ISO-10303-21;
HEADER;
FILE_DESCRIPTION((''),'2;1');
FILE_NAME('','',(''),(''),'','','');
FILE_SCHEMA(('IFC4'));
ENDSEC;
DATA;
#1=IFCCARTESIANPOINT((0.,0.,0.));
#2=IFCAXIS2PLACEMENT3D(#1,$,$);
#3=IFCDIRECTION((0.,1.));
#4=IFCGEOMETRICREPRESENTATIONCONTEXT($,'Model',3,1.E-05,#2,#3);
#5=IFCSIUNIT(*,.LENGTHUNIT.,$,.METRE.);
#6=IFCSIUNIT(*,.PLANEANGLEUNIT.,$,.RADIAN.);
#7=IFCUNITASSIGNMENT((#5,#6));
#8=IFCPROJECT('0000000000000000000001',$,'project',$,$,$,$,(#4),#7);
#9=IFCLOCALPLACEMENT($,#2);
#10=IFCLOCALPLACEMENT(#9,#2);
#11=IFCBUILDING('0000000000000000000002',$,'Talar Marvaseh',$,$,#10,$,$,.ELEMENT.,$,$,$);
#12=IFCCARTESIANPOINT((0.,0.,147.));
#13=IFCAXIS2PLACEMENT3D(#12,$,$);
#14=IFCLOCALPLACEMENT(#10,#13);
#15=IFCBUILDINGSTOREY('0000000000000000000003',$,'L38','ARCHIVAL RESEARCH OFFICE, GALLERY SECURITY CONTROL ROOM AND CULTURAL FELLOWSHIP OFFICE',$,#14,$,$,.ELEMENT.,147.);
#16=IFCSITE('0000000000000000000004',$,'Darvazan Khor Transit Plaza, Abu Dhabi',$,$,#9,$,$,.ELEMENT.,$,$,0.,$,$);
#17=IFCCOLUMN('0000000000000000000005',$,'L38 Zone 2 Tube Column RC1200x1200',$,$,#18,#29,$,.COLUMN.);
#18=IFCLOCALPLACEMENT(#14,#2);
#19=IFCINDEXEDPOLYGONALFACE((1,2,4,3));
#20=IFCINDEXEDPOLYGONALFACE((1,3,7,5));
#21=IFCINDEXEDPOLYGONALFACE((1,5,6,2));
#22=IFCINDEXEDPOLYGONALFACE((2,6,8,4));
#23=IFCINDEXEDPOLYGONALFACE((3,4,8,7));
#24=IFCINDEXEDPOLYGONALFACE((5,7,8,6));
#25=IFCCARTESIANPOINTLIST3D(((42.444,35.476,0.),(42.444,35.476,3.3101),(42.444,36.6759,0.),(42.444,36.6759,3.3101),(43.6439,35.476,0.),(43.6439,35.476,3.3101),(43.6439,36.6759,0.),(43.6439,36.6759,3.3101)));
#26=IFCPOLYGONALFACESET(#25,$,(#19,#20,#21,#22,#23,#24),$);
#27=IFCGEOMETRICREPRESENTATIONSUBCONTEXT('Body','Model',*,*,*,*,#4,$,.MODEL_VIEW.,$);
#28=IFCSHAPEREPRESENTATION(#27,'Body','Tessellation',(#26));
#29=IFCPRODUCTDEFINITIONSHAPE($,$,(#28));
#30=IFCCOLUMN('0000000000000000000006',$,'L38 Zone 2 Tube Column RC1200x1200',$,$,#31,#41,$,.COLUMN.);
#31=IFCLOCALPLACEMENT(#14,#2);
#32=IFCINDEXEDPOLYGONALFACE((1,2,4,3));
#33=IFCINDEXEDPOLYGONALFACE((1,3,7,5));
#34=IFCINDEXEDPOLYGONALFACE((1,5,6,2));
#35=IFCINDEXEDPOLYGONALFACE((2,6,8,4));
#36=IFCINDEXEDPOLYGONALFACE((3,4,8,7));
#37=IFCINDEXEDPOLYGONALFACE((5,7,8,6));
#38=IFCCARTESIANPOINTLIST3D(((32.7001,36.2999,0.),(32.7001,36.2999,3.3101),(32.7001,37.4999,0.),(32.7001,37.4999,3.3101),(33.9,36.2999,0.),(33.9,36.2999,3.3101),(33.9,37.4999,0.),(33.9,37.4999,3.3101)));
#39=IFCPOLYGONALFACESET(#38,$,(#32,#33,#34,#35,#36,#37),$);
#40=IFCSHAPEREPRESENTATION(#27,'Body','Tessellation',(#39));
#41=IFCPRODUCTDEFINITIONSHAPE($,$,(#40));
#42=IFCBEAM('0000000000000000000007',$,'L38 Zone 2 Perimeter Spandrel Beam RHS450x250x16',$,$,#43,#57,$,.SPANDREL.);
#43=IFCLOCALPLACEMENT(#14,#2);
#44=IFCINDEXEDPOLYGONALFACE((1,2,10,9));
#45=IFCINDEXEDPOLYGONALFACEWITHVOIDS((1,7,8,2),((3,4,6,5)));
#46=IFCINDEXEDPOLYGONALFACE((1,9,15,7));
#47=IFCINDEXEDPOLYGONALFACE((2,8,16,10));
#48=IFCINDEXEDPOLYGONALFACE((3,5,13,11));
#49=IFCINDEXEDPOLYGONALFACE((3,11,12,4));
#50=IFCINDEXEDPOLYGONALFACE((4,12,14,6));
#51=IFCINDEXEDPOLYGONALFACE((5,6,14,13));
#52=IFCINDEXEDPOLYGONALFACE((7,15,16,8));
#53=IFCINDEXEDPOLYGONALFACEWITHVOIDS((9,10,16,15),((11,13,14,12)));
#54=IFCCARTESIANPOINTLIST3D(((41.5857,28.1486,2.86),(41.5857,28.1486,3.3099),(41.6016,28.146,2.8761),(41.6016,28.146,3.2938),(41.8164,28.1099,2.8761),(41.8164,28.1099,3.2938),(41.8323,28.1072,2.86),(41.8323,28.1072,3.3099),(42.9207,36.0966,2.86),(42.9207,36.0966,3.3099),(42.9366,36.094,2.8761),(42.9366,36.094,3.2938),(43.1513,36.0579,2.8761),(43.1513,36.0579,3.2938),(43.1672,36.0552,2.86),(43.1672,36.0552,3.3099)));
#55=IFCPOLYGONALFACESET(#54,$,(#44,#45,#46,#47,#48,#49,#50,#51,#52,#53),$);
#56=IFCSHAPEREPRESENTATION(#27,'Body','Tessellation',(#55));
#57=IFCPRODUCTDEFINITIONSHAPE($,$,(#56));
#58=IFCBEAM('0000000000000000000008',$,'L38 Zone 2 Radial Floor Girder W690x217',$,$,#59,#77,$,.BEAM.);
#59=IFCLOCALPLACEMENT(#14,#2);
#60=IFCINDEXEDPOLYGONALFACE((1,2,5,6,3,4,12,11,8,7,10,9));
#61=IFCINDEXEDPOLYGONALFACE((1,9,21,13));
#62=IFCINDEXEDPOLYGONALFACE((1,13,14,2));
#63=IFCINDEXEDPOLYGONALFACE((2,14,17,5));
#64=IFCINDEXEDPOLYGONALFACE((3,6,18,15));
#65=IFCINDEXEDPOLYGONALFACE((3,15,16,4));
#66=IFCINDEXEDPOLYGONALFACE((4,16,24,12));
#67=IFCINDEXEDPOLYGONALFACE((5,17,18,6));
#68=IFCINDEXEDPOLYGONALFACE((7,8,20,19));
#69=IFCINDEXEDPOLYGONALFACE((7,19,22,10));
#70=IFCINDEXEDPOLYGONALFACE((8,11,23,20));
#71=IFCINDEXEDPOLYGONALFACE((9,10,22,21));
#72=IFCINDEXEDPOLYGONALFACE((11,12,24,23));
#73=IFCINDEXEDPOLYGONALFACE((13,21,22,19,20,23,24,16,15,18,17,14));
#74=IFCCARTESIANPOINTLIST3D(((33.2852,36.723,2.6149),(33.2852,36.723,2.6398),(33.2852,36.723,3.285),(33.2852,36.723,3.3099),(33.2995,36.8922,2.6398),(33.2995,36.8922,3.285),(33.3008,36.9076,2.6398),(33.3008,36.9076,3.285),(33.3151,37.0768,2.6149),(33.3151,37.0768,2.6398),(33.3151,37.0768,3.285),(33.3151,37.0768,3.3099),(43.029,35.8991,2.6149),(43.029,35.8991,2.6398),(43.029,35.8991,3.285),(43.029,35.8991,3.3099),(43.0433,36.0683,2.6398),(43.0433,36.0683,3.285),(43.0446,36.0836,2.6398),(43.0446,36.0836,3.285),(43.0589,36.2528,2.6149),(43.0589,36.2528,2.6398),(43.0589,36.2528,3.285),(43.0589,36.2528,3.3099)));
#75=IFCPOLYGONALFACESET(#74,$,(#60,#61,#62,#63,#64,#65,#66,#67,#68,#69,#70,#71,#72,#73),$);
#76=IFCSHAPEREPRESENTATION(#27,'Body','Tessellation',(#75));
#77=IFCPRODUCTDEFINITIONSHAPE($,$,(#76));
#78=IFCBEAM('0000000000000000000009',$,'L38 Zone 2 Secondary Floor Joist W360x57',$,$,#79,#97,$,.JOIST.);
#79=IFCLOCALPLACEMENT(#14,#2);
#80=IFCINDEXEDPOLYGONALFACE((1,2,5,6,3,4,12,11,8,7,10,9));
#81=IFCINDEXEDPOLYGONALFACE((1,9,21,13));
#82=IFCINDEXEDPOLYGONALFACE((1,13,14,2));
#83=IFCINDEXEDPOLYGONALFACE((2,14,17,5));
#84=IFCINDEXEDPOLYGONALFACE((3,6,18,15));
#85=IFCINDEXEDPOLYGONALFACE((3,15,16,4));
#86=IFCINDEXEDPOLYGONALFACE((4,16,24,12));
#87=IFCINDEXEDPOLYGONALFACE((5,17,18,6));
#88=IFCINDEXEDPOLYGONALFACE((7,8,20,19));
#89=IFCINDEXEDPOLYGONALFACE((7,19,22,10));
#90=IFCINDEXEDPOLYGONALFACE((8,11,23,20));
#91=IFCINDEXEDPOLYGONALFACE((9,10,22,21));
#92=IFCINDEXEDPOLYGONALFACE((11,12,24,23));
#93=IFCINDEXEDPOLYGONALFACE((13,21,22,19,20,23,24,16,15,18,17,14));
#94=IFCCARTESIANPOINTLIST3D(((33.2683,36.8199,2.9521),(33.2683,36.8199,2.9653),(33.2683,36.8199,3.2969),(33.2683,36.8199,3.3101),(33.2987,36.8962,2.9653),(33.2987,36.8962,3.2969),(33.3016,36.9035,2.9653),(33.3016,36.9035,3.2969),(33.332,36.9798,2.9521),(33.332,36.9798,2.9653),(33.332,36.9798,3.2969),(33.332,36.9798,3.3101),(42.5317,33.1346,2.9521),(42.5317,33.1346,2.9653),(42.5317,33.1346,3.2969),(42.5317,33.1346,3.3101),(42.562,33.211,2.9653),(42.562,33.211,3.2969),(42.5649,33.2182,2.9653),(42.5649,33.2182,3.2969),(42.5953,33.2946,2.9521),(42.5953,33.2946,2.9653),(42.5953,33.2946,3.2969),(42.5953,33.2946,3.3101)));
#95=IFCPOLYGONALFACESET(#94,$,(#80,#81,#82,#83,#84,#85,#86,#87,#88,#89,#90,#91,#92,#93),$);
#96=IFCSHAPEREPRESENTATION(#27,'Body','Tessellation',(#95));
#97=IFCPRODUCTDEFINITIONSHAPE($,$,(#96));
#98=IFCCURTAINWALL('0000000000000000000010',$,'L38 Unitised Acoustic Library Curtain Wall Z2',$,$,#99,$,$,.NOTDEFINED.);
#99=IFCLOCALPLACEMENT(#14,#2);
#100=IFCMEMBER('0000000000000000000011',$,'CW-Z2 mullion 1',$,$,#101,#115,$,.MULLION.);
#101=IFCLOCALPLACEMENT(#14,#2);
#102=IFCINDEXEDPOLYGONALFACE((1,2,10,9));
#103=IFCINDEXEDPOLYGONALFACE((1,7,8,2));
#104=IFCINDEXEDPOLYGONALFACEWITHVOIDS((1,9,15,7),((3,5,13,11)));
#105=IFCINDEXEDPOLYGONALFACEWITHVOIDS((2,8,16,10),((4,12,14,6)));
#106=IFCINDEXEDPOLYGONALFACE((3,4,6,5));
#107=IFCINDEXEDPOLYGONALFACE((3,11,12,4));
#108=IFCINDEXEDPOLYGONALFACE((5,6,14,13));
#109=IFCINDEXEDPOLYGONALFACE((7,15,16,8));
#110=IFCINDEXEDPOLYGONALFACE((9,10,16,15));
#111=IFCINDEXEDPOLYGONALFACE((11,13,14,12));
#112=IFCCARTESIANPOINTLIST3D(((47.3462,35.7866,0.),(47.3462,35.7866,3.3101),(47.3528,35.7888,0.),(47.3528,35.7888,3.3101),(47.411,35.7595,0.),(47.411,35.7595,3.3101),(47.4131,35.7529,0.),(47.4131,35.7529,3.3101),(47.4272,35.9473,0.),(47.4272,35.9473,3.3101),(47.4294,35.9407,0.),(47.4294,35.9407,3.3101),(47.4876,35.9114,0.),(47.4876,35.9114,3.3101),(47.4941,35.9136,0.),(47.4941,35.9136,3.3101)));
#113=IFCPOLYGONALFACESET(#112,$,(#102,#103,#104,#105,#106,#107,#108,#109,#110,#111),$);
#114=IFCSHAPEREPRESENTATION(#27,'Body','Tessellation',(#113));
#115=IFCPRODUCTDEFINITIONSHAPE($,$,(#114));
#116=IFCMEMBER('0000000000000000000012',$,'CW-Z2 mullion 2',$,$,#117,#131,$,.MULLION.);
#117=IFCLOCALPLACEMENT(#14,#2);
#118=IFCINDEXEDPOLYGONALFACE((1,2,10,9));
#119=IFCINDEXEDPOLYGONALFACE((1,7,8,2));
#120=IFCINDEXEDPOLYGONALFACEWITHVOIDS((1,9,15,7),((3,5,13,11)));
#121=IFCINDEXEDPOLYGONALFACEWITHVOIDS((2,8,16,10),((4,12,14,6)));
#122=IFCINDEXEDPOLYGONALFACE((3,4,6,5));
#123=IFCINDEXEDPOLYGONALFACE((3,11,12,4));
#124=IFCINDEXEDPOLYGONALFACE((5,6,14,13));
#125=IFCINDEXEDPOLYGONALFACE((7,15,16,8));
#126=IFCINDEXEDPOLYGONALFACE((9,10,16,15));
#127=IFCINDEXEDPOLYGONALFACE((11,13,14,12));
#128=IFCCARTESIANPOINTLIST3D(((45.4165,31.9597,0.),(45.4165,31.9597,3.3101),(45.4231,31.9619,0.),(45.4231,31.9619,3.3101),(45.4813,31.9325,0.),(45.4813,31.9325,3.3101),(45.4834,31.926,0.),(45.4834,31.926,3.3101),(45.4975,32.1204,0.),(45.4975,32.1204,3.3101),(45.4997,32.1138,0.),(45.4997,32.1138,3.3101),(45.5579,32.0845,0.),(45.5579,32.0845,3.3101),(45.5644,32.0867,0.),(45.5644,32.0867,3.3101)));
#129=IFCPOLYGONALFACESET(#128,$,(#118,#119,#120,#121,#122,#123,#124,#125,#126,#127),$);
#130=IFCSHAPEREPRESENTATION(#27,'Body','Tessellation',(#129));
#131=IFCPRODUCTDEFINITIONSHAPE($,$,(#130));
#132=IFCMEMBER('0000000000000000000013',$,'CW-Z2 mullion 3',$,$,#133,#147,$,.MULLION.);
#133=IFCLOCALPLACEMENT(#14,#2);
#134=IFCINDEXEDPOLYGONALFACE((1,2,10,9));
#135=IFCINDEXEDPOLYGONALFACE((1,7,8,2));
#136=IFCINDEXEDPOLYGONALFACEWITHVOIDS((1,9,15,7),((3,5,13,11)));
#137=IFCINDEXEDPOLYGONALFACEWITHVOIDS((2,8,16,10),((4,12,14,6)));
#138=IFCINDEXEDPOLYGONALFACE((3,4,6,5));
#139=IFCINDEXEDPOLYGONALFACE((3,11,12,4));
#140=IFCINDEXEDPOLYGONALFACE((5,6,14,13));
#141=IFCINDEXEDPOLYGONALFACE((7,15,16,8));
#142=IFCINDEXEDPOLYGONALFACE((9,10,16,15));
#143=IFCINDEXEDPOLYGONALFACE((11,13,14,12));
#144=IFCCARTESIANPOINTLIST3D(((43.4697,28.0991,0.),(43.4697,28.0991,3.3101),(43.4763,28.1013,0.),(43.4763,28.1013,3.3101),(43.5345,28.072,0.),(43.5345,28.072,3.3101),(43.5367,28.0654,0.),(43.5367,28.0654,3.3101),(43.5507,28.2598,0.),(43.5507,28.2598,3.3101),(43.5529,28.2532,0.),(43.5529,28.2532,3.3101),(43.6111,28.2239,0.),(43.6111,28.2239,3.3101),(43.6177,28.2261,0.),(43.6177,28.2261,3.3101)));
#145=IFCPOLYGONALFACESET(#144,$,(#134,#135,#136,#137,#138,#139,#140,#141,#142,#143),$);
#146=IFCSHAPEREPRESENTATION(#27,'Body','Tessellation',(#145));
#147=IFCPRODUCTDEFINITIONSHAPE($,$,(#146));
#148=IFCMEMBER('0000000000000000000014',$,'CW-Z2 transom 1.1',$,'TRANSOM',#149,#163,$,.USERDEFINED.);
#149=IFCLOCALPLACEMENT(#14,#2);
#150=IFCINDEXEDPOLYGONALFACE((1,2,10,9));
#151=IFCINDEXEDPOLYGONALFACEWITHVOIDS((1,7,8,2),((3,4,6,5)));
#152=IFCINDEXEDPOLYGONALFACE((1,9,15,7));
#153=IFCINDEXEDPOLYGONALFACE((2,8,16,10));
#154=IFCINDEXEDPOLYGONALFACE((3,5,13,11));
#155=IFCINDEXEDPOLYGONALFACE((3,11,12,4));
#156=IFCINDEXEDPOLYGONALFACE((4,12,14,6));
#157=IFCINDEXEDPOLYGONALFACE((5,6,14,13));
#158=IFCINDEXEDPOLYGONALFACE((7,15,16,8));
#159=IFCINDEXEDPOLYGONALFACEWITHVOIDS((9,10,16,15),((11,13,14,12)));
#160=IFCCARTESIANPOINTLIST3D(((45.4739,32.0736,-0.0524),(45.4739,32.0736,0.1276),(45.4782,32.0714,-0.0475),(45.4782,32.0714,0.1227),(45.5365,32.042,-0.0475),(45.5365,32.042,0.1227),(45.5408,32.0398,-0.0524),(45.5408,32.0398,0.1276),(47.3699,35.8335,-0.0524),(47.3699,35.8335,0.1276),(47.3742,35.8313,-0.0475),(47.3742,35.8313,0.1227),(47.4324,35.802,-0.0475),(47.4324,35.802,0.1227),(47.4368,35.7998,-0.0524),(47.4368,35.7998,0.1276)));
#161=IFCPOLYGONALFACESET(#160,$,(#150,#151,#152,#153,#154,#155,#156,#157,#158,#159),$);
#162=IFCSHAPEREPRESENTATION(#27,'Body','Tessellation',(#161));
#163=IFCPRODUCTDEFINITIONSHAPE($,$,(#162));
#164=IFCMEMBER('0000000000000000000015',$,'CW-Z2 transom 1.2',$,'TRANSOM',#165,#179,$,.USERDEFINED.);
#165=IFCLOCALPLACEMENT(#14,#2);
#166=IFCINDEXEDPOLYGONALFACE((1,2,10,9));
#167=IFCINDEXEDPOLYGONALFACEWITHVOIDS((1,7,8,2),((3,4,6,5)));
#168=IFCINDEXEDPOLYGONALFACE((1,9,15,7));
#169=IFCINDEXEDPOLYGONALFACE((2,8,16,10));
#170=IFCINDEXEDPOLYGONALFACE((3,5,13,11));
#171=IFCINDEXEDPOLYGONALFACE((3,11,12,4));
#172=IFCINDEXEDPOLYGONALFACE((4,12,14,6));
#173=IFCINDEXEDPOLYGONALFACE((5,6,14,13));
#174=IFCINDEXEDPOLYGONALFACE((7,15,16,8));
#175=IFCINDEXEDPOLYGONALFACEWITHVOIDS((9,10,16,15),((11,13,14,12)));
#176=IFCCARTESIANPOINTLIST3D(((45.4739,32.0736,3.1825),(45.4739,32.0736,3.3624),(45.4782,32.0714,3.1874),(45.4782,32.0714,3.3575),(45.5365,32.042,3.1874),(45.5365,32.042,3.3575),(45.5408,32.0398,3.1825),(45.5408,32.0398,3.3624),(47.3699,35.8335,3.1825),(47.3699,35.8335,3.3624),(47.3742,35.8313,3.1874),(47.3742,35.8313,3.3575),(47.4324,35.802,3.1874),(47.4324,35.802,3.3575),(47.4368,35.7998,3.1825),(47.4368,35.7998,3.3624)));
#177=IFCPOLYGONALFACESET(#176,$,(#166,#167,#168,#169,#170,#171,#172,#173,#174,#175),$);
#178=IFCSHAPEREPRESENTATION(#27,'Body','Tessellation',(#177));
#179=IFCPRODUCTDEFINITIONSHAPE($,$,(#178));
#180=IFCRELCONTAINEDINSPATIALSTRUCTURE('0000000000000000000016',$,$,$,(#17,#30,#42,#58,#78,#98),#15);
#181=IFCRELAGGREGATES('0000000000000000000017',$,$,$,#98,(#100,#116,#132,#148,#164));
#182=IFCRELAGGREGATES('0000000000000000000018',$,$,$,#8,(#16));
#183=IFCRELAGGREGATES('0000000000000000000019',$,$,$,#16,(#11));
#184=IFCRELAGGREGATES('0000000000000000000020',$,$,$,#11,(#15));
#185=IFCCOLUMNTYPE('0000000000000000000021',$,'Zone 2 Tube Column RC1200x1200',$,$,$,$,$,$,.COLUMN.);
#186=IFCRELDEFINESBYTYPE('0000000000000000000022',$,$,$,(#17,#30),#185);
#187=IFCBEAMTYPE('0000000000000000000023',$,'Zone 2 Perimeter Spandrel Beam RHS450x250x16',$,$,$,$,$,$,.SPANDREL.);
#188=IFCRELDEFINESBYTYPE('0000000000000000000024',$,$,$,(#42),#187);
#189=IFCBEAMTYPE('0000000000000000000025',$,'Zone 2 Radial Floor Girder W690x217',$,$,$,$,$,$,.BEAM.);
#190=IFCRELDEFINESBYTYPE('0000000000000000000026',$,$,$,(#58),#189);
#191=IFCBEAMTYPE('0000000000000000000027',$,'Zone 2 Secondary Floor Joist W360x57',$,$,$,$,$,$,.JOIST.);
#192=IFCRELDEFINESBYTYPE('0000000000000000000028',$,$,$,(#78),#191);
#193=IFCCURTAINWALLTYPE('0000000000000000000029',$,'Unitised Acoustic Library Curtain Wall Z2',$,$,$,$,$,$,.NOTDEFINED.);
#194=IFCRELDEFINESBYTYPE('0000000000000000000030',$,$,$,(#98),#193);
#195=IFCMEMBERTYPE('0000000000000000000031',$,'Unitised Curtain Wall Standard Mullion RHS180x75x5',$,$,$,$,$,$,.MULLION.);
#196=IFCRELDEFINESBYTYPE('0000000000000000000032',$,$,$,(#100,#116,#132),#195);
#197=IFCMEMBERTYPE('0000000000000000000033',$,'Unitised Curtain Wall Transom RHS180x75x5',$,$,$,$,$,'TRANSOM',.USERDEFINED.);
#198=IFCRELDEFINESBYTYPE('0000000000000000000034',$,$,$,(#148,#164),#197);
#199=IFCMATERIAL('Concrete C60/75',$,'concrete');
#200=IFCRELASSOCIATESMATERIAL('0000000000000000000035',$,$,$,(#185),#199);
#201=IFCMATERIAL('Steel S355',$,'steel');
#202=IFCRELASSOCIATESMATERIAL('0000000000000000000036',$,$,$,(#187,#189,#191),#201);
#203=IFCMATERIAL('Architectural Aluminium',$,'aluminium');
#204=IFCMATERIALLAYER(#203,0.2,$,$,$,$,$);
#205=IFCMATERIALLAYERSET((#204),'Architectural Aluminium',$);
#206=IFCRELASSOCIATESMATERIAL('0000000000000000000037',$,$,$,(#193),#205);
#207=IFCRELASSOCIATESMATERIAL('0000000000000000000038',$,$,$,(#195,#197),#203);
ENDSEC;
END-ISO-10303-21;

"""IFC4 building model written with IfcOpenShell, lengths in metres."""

from ifc_helpers import new_model, si_unit, direction, frame, origin, origin_2d, place, context, subcontext, project, spatial, rectangle, hollow_rectangle, i_section, extrude, source, transform, mapped, material, layer, layer_set, material_profile, profile_set, type_object, type_shapes, element, aggregate, save


model = new_model("IFC4")

# Units and contexts
model_context = context("Model", 3, precision=1e-05, world=origin(), true_north=direction((0.0, 1.0)))
body_context = subcontext(model_context, "Body", "Model", "MODEL_VIEW")
ifc_project = project(units=[si_unit("LENGTHUNIT", "METRE"), si_unit("PLANEANGLEUNIT", "RADIAN")], contexts=[model_context])

# Site, building, storey
site_placement = place(None, origin())
site = spatial("IfcSite", under=ifc_project, at=site_placement, Name="Darvazan Khor Transit Plaza, Abu Dhabi", CompositionType="ELEMENT", RefElevation=0.0)
building_placement = place(site_placement, origin())
building = spatial("IfcBuilding", under=site, at=building_placement, Name="Talar Marvaseh", CompositionType="ELEMENT")
storey_placement = place(building_placement, frame((0.0, 0.0, 147.0)))
storey = spatial("IfcBuildingStorey", under=building, at=storey_placement, Name="L38", Description="ARCHIVAL RESEARCH OFFICE, GALLERY SECURITY CONTROL ROOM AND CULTURAL FELLOWSHIP OFFICE", CompositionType="ELEMENT", Elevation=147.0)

# Columns
ifc_material_1 = material(Name="Concrete C60/75", Category="concrete")
ifc_material_profile_1 = material_profile(ifc_material_1, rectangle(XDim=1.2, YDim=1.2, at=origin_2d()), Name="RC1200x1200")
ifc_profile_set_1 = profile_set([ifc_material_profile_1], Name="Concrete C60/75")
column_type = type_object("IfcColumnType", Name="Zone 2 Tube Column RC1200x1200", PredefinedType="COLUMN", material=ifc_profile_set_1)
for number, where, z_axis, x_axis, name in (
    (1, (43.0439, 36.0759, 0.0), (0.0, 0.0, 1.0), (1.0, 0.0, 0.0), "L38 Zone 2 Tube Column RC1200x1200"),
    (2, (33.3, 36.8999, 0.0), (0.0, 0.0, 1.0), (1.0, 0.0, 0.0), "L38 Zone 2 Tube Column RC1200x1200"),
):
    element("IfcColumn", number, at=place(storey_placement, frame(where, z_axis=z_axis, x_axis=x_axis)), inside=storey, type_object=column_type, Name=name, PredefinedType="COLUMN", context=body_context, shape_type="SweptSolid", body=[
        extrude(rectangle(XDim=1.2, YDim=1.2, at=origin_2d()), origin(), (0.0, 0.0, 1.0), 3.3101),
    ])

# Beams
ifc_material_2 = material(Name="Steel S355", Category="steel")
ifc_material_profile_2 = material_profile(ifc_material_2, hollow_rectangle(XDim=0.25, YDim=0.45, WallThickness=0.0161, at=origin_2d()), Name="RHS450x250x16")
ifc_profile_set_2 = profile_set([ifc_material_profile_2], Name="Steel S355")
beam_type_1 = type_object("IfcBeamType", Name="Zone 2 Perimeter Spandrel Beam RHS450x250x16", PredefinedType="SPANDREL", material=ifc_profile_set_2)
beam_1_placement = place(storey_placement, frame((43.0439, 36.0759, 3.085), z_axis=(-0.165642, -0.986186, 0.0), x_axis=(0.986186, -0.165642, 0.0)))
element("IfcBeam", 3, at=beam_1_placement, inside=storey, type_object=beam_type_1, Name="L38 Zone 2 Perimeter Spandrel Beam RHS450x250x16", PredefinedType="SPANDREL", context=body_context, shape_type="SweptSolid", body=[
    extrude(hollow_rectangle(XDim=0.25, YDim=0.45, WallThickness=0.0161, at=origin_2d()), origin(), (0.0, 0.0, 1.0), 8.0593),
])
ifc_material_profile_3 = material_profile(ifc_material_2, i_section(OverallWidth=0.355, OverallDepth=0.6951, WebThickness=0.0154, FlangeThickness=0.0249, at=origin_2d()), Name="W690x217")
ifc_profile_set_3 = profile_set([ifc_material_profile_3], Name="Steel S355")
beam_type_2 = type_object("IfcBeamType", Name="Zone 2 Radial Floor Girder W690x217", PredefinedType="BEAM", material=ifc_profile_set_3)
beam_2_placement = place(storey_placement, frame((43.0439, 36.0759, 2.9624), z_axis=(-0.996444, 0.084262, 0.0), x_axis=(-0.084262, -0.996444, 0.0)))
element("IfcBeam", 4, at=beam_2_placement, inside=storey, type_object=beam_type_2, Name="L38 Zone 2 Radial Floor Girder W690x217", PredefinedType="BEAM", context=body_context, shape_type="SweptSolid", body=[
    extrude(i_section(OverallWidth=0.355, OverallDepth=0.6951, WebThickness=0.0154, FlangeThickness=0.0249, at=origin_2d()), origin(), (0.0, 0.0, 1.0), 9.7786),
])
ifc_material_profile_4 = material_profile(ifc_material_2, i_section(OverallWidth=0.1721, OverallDepth=0.3579, WebThickness=0.0078, FlangeThickness=0.0132, at=origin_2d()), Name="W360x57")
ifc_profile_set_4 = profile_set([ifc_material_profile_4], Name="Steel S355")
beam_type_3 = type_object("IfcBeamType", Name="Zone 2 Secondary Floor Joist W360x57", PredefinedType="JOIST", material=ifc_profile_set_4)
beam_3_placement = place(storey_placement, frame((42.5635, 33.2146, 3.1311), z_axis=(-0.929169, 0.369655, 0.0), x_axis=(-0.369655, -0.929169, 0.0)))
element("IfcBeam", 5, at=beam_3_placement, inside=storey, type_object=beam_type_3, Name="L38 Zone 2 Secondary Floor Joist W360x57", PredefinedType="JOIST", context=body_context, shape_type="SweptSolid", body=[
    extrude(i_section(OverallWidth=0.1721, OverallDepth=0.3579, WebThickness=0.0078, FlangeThickness=0.0132, at=origin_2d()), origin(), (0.0, 0.0, 1.0), 9.9695),
])

# Curtain wall, members
ifc_material_3 = material(Name="Architectural Aluminium", Category="aluminium")
ifc_layer_1 = layer(ifc_material_3, 0.2)
ifc_layer_set_1 = layer_set([ifc_layer_1], Name="Architectural Aluminium")
curtain_wall_type = type_object("IfcCurtainWallType", Name="Unitised Acoustic Library Curtain Wall Z2", PredefinedType="NOTDEFINED", material=ifc_layer_set_1)
curtain_wall_placement = place(storey_placement, origin())
curtain_wall = element("IfcCurtainWall", 6, at=curtain_wall_placement, inside=storey, type_object=curtain_wall_type, Name="L38 Unitised Acoustic Library Curtain Wall Z2", PredefinedType="NOTDEFINED")
ifc_material_profile_5 = material_profile(ifc_material_3, hollow_rectangle(XDim=0.075, YDim=0.1799, WallThickness=0.0049, at=origin_2d()), Name="RHS180x75x5")
ifc_profile_set_5 = profile_set([ifc_material_profile_5], Name="Architectural Aluminium")
member_type_1 = type_object("IfcMemberType", Name="Unitised Curtain Wall Standard Mullion RHS180x75x5", PredefinedType="MULLION", material=ifc_profile_set_5)
shared_shape_1 = source(origin(), body_context, "Body", "SweptSolid", [
    extrude(hollow_rectangle(XDim=0.075, YDim=0.1799, WallThickness=0.0049, at=origin_2d()), origin(), (0.0, 0.0, 1.0), 3.3101),
])
type_shapes(member_type_1, [shared_shape_1])
member_1_placement = place(storey_placement, frame((47.4202, 35.8501, 0.0), z_axis=(0.0, 0.0, 1.0), x_axis=(0.892909, -0.450236, 0.0)))
member_1 = element("IfcMember", 7, at=member_1_placement, type_object=member_type_1, Name="CW-Z2 mullion 1", PredefinedType="MULLION", context=body_context, shape_type="MappedRepresentation", body=[
    mapped(shared_shape_1, transform((0.0, 0.0, 0.0), x_axis=(1.0, 0.0, 0.0), y_axis=(0.0, 1.0, 0.0), z_axis=(0.0, 0.0, 1.0), scale=1.0)),
])
member_2_placement = place(storey_placement, frame((45.4905, 32.0232, 0.0), z_axis=(0.0, 0.0, 1.0), x_axis=(0.892909, -0.450236, 0.0)))
member_2 = element("IfcMember", 8, at=member_2_placement, type_object=member_type_1, Name="CW-Z2 mullion 2", PredefinedType="MULLION", context=body_context, shape_type="MappedRepresentation", body=[
    mapped(shared_shape_1, transform((0.0, 0.0, 0.0), x_axis=(1.0, 0.0, 0.0), y_axis=(0.0, 1.0, 0.0), z_axis=(0.0, 0.0, 1.0), scale=1.0)),
])
member_3_placement = place(storey_placement, frame((43.5437, 28.1626, 0.0), z_axis=(0.0, 0.0, 1.0), x_axis=(0.892909, -0.450236, 0.0)))
member_3 = element("IfcMember", 9, at=member_3_placement, type_object=member_type_1, Name="CW-Z2 mullion 3", PredefinedType="MULLION", context=body_context, shape_type="MappedRepresentation", body=[
    mapped(shared_shape_1, transform((0.0, 0.0, 0.0), x_axis=(1.0, 0.0, 0.0), y_axis=(0.0, 1.0, 0.0), z_axis=(0.0, 0.0, 1.0), scale=1.0)),
])
ifc_material_profile_6 = material_profile(ifc_material_3, hollow_rectangle(XDim=0.075, YDim=0.1799, WallThickness=0.0049, at=origin_2d()), Name="RHS180x75x5")
ifc_profile_set_6 = profile_set([ifc_material_profile_6], Name="Architectural Aluminium")
member_type_2 = type_object("IfcMemberType", Name="Unitised Curtain Wall Transom RHS180x75x5", ElementType="TRANSOM", PredefinedType="USERDEFINED", material=ifc_profile_set_6)
shared_shape_2 = source(origin(), body_context, "Body", "SweptSolid", [
    extrude(hollow_rectangle(XDim=0.075, YDim=0.1799, WallThickness=0.0049, at=origin_2d()), origin(), (0.0, 0.0, 1.0), 4.2109),
])
member_4_placement = place(storey_placement, frame((47.4033, 35.8167, 0.0376), z_axis=(-0.450249, -0.892903, 0.0), x_axis=(0.892903, -0.450249, 0.0)))
member_4 = element("IfcMember", 10, at=member_4_placement, type_object=member_type_2, Name="CW-Z2 transom 1.1", ObjectType="TRANSOM", PredefinedType="USERDEFINED", context=body_context, shape_type="MappedRepresentation", body=[
    mapped(shared_shape_2, transform((0.0, 0.0, 0.0), x_axis=(1.0, 0.0, 0.0), y_axis=(0.0, 1.0, 0.0), z_axis=(0.0, 0.0, 1.0), scale=1.0)),
])
member_5_placement = place(storey_placement, frame((47.4033, 35.8167, 3.2725), z_axis=(-0.450249, -0.892903, 0.0), x_axis=(0.892903, -0.450249, 0.0)))
member_5 = element("IfcMember", 11, at=member_5_placement, type_object=member_type_2, Name="CW-Z2 transom 1.2", ObjectType="TRANSOM", PredefinedType="USERDEFINED", context=body_context, shape_type="MappedRepresentation", body=[
    mapped(shared_shape_2, transform((0.0, 0.0, 0.0), x_axis=(1.0, 0.0, 0.0), y_axis=(0.0, 1.0, 0.0), z_axis=(0.0, 0.0, 1.0), scale=1.0)),
])
aggregate(curtain_wall, [member_1, member_2, member_3, member_4, member_5])

save(model, "model.ifc")
